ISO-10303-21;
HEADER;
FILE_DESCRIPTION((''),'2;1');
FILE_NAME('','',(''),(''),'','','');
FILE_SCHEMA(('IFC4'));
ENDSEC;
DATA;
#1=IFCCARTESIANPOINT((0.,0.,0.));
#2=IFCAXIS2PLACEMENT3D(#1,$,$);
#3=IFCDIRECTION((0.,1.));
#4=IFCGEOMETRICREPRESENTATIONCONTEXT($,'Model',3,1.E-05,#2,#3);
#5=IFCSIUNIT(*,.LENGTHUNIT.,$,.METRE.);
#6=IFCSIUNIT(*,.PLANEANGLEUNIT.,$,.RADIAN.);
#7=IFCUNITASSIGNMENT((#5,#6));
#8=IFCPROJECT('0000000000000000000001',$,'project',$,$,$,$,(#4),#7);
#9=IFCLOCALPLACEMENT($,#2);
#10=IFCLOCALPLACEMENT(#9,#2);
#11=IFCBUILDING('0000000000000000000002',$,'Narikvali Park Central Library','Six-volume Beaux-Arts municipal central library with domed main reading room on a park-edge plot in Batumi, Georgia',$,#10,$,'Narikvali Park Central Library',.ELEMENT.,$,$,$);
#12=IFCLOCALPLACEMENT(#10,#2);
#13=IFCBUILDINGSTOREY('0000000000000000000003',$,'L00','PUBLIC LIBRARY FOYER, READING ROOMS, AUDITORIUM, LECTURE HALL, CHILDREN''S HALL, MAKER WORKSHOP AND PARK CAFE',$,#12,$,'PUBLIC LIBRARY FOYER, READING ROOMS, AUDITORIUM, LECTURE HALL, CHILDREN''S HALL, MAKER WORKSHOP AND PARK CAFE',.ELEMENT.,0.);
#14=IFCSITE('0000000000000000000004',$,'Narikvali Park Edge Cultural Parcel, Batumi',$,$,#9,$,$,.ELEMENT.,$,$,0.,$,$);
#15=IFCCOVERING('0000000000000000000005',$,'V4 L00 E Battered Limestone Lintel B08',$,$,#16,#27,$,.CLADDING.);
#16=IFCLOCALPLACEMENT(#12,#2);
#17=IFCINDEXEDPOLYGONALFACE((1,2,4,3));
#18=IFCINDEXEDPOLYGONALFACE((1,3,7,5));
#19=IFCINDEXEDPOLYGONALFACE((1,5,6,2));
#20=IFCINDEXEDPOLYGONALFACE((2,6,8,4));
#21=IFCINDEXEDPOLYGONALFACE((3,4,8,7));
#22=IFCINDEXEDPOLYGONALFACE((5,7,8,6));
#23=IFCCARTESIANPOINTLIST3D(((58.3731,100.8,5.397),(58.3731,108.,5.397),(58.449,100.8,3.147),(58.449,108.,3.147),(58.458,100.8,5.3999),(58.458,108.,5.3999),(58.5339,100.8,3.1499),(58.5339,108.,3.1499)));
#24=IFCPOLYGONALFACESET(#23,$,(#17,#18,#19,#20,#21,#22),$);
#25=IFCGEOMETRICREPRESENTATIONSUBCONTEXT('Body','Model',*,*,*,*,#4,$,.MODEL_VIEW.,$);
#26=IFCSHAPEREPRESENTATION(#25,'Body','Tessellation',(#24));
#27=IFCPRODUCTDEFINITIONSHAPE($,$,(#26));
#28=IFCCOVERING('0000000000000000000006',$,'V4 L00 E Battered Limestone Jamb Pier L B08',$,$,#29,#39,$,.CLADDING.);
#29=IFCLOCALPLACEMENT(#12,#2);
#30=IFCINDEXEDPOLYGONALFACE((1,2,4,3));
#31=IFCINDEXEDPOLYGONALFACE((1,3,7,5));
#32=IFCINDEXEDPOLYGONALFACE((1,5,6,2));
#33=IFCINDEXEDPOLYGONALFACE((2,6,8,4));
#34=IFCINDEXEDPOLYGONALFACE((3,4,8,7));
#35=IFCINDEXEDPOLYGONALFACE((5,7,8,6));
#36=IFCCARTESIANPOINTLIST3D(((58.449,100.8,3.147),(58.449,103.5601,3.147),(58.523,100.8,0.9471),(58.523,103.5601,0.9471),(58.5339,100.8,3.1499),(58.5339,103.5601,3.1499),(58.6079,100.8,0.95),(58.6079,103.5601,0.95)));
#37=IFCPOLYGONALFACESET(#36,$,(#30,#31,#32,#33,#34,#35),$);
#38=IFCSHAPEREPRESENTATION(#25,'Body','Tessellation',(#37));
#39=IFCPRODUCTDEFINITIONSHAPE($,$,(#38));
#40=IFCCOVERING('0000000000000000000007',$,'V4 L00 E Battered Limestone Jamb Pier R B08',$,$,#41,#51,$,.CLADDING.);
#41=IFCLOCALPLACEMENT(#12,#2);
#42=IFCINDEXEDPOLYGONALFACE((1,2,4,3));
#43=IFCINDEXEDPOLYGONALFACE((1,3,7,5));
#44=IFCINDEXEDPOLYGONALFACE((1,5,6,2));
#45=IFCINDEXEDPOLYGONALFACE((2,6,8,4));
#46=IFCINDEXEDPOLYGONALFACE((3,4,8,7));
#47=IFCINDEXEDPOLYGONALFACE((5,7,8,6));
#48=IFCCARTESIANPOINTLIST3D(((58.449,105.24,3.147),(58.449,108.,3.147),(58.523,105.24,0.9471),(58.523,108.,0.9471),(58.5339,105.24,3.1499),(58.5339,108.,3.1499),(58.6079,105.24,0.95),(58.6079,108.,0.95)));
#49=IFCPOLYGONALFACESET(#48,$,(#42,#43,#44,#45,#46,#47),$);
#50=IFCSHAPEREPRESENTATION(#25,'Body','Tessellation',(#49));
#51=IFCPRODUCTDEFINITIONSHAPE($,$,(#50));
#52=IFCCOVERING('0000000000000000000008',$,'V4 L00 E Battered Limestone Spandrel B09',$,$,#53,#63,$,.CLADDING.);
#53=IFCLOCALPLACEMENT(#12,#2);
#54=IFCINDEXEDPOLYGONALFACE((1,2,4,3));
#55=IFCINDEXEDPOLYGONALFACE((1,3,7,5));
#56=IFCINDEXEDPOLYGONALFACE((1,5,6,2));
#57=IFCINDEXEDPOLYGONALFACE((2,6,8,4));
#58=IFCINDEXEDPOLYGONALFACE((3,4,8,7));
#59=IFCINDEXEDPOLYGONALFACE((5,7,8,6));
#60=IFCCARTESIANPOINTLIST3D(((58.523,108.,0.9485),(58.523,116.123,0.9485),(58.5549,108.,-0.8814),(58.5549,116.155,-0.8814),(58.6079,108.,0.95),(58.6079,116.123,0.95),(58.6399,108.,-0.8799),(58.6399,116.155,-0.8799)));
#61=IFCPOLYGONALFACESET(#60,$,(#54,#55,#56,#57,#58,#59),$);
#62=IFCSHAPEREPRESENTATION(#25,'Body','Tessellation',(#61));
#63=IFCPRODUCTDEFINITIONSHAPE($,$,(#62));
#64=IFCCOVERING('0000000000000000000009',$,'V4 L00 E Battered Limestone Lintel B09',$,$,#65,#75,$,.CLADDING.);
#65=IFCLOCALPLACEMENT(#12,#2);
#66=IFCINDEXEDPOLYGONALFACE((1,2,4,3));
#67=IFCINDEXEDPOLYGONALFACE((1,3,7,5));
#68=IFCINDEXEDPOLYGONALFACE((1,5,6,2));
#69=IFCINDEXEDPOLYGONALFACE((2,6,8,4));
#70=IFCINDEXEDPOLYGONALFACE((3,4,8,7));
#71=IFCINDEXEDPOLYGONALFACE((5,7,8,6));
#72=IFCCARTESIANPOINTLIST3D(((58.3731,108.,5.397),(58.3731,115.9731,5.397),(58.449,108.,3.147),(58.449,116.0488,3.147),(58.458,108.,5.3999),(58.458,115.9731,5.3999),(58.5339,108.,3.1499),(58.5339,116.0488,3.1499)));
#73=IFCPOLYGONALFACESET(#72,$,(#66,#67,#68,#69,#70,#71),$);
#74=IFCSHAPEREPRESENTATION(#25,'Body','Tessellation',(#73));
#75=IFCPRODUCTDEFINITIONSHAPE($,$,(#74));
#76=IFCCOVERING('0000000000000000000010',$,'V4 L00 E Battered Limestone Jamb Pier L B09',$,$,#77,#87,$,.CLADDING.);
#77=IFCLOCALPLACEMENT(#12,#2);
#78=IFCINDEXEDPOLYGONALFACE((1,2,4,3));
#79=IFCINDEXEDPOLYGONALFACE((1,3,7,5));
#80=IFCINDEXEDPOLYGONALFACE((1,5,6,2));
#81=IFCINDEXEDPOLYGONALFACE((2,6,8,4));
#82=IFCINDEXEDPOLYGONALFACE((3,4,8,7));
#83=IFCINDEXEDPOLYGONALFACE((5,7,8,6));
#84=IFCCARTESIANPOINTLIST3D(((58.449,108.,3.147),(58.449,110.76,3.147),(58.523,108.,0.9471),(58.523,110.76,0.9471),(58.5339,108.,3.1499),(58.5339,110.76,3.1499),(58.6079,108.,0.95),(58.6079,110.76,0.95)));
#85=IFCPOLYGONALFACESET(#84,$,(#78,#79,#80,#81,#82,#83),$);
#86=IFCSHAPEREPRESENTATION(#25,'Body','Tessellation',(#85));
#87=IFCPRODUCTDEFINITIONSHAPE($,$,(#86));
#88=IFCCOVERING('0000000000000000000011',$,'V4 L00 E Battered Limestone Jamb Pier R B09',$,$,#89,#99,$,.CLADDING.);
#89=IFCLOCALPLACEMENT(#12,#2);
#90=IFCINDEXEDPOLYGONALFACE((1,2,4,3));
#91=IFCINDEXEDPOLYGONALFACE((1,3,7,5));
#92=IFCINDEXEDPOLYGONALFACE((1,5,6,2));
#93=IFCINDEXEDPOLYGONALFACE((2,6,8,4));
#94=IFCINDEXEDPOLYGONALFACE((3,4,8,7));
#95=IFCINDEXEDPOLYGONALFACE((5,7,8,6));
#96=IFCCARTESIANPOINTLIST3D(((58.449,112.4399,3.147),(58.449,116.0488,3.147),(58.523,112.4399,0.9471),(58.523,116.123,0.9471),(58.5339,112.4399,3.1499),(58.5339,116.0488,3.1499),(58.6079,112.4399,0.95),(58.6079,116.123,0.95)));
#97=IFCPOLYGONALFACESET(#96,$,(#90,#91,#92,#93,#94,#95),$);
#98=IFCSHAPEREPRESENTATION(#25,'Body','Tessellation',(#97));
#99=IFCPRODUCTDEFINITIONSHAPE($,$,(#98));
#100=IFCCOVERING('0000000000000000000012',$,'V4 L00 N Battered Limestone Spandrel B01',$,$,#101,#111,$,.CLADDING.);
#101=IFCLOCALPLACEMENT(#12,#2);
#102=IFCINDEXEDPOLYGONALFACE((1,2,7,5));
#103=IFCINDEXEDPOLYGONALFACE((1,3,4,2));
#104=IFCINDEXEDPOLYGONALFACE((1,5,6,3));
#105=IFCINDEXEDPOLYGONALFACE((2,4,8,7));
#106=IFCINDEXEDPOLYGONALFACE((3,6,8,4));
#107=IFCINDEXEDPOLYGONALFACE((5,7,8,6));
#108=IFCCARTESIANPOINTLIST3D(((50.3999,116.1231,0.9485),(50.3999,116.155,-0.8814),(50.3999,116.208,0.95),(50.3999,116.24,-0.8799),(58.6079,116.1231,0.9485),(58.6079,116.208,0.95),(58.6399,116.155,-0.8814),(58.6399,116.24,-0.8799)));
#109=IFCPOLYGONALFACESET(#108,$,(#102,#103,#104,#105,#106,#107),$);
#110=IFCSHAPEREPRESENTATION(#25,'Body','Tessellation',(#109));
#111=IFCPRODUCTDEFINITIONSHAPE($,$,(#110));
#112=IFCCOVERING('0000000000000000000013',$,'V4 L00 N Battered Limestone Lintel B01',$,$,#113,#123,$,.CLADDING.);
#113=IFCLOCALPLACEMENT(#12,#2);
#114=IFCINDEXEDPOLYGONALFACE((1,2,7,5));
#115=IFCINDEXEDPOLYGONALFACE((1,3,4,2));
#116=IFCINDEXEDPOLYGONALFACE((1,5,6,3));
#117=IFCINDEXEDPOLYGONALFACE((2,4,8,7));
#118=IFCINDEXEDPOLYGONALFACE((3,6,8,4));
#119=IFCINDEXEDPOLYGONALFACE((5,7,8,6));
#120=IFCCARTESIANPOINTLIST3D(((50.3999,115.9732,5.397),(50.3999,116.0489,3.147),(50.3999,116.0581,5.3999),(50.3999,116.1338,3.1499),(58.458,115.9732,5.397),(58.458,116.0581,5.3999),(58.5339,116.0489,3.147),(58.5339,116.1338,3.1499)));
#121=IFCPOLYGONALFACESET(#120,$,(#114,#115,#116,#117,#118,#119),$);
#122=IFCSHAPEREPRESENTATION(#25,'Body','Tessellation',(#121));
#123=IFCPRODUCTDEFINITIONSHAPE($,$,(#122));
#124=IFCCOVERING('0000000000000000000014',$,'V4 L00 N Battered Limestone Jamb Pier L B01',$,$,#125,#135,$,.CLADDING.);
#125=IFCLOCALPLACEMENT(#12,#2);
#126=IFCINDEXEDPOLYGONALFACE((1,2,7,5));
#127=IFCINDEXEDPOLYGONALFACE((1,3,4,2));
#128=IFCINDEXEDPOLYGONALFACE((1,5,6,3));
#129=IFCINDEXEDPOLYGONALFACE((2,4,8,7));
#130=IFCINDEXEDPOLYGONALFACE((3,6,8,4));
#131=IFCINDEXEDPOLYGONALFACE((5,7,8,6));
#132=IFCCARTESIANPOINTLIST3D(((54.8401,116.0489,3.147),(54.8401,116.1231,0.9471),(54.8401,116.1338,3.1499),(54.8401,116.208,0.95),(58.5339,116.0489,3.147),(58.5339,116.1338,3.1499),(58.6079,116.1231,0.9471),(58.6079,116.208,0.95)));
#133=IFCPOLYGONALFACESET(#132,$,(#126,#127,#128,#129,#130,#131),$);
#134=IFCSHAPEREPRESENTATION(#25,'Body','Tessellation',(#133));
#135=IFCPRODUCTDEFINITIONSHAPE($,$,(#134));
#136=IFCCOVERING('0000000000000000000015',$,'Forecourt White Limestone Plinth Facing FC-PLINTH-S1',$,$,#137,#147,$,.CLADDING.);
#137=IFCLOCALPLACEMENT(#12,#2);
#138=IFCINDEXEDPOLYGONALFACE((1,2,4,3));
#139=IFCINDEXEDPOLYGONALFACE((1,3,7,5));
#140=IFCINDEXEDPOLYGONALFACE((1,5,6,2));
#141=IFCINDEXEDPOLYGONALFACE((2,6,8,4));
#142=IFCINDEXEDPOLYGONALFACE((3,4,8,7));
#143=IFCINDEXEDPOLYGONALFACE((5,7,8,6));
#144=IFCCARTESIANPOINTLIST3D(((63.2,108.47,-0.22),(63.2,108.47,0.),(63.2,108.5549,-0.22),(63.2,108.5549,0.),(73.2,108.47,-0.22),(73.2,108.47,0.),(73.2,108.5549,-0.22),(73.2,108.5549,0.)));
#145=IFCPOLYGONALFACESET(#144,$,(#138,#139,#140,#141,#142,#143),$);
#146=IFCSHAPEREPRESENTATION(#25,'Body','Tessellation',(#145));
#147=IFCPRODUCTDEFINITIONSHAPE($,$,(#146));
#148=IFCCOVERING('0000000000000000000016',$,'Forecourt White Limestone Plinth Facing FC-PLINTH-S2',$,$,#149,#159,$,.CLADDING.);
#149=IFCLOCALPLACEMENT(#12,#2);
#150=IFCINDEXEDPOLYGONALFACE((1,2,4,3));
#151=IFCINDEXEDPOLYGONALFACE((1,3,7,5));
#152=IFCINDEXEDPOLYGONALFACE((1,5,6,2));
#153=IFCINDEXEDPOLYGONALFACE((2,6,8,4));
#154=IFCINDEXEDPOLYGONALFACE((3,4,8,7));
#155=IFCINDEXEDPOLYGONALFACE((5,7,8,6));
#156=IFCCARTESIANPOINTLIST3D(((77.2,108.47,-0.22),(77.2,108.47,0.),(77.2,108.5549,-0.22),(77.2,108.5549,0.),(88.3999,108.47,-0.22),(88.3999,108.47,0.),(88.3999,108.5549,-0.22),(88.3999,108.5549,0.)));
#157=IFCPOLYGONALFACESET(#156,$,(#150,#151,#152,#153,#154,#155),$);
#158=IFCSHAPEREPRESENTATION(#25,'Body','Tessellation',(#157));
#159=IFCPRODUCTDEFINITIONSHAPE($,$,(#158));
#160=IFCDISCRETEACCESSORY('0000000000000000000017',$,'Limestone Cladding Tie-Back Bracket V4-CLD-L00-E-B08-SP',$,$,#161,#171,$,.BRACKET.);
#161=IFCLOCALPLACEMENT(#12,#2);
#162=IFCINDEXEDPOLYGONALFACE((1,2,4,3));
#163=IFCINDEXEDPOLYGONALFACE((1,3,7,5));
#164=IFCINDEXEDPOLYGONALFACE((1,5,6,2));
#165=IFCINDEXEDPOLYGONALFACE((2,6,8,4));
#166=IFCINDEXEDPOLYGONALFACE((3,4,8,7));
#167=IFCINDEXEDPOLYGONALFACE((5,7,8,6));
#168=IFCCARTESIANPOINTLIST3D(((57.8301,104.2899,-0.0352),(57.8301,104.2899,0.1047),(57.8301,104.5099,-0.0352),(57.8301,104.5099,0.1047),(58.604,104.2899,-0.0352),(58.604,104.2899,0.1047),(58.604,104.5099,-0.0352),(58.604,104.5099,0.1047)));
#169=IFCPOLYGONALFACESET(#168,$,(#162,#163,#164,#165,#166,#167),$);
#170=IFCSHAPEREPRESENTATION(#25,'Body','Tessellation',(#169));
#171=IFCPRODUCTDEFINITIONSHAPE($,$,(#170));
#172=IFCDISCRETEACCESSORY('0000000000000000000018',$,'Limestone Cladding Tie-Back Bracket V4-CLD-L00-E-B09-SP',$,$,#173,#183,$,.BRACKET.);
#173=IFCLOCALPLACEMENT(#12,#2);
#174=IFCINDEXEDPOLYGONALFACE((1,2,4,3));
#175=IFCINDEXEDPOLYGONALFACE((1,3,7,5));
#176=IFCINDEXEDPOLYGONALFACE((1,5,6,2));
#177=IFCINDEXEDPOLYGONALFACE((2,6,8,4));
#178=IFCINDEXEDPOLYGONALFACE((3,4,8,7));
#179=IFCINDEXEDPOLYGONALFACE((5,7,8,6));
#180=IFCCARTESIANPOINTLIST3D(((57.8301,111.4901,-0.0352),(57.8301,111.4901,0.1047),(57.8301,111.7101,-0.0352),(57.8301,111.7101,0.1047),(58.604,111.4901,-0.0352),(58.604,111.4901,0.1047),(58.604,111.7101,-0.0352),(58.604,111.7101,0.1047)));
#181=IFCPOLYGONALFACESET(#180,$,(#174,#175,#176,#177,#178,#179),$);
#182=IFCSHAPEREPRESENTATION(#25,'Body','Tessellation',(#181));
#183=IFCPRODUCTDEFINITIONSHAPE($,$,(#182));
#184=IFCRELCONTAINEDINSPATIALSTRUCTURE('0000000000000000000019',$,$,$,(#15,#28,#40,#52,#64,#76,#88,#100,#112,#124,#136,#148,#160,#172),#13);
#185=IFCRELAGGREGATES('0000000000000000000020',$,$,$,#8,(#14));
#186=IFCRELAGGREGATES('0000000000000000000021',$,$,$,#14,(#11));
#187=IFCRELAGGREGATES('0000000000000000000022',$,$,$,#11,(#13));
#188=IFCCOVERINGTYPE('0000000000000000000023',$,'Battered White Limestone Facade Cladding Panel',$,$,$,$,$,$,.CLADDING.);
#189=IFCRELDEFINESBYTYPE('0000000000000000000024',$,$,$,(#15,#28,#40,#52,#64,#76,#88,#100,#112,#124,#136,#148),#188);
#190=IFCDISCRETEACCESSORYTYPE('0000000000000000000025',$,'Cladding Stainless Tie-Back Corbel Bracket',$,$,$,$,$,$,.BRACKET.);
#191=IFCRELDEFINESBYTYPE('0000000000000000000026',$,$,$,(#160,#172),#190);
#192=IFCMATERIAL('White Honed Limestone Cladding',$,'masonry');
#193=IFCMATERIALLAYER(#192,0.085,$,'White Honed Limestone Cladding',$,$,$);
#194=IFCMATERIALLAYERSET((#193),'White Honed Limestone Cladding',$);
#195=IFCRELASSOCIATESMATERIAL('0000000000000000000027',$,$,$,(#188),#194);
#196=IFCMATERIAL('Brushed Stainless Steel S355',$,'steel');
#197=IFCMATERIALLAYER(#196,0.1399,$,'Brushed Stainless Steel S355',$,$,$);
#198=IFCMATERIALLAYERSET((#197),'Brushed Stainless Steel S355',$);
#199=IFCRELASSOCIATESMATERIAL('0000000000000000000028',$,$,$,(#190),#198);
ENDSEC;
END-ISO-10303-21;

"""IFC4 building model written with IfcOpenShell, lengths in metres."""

from ifc_helpers import new_model, si_unit, direction, frame, origin, origin_2d, place, context, subcontext, project, spatial, polyline, rectangle, outline, extrude, material, layer, layer_set, type_object, element, save


model = new_model("IFC4")

# Units and contexts
model_context = context("Model", 3, precision=1e-05, world=origin(), true_north=direction((0.0, 1.0)))
body_context = subcontext(model_context, "Body", "Model", "MODEL_VIEW")
ifc_project = project(units=[si_unit("LENGTHUNIT", "METRE"), si_unit("PLANEANGLEUNIT", "RADIAN")], contexts=[model_context])

# Site, building, storey
site_placement = place(None, origin())
site = spatial("IfcSite", under=ifc_project, at=site_placement, Name="Narikvali Park Edge Cultural Parcel, Batumi", CompositionType="ELEMENT", RefElevation=0.0)
building_placement = place(site_placement, origin())
building = spatial("IfcBuilding", under=site, at=building_placement, Name="Narikvali Park Central Library", Description="Six-volume Beaux-Arts municipal central library with domed main reading room on a park-edge plot in Batumi, Georgia", LongName="Narikvali Park Central Library", CompositionType="ELEMENT")
storey_placement = place(building_placement, origin())
storey = spatial("IfcBuildingStorey", under=building, at=storey_placement, Name="L00", Description="PUBLIC LIBRARY FOYER, READING ROOMS, AUDITORIUM, LECTURE HALL, CHILDREN'S HALL, MAKER WORKSHOP AND PARK CAFE", LongName="PUBLIC LIBRARY FOYER, READING ROOMS, AUDITORIUM, LECTURE HALL, CHILDREN'S HALL, MAKER WORKSHOP AND PARK CAFE", CompositionType="ELEMENT", Elevation=0.0)

# Shared definitions
ifc_material_1 = material(Name="Brushed Stainless Steel S355", Category="steel")

# Coverings
ifc_material_2 = material(Name="White Honed Limestone Cladding", Category="masonry")
ifc_layer_1 = layer(ifc_material_2, 0.085, Name="White Honed Limestone Cladding")
ifc_layer_set_1 = layer_set([ifc_layer_1], Name="White Honed Limestone Cladding")
covering_type = type_object("IfcCoveringType", Name="Battered White Limestone Facade Cladding Panel", PredefinedType="CLADDING", material=ifc_layer_set_1)
covering_1_placement = place(storey_placement, frame((58.5339, 100.8, 3.1499), z_axis=(0.999431, 0.0, 0.033726), x_axis=(0.0, 1.0, 0.0)))
element("IfcCovering", 1, at=covering_1_placement, inside=storey, type_object=covering_type, Name="V4 L00 E Battered Limestone Lintel B08", PredefinedType="CLADDING", context=body_context, shape_type="SweptSolid", body=[
    extrude(outline(polyline([(0.0, 0.0), (7.2, 0.0), (7.2, 2.2513), (0.0, 2.2513), (0.0, 0.0)])), origin(), (0.0, 0.0, -1.0), 0.085),
])
for number, where, z_axis, x_axis, name in (
    (2, (58.6079, 100.8, 0.95), (0.999435, 0.0, 0.033607), (0.0, 1.0, 0.0), "V4 L00 E Battered Limestone Jamb Pier L B08"),
    (3, (58.6079, 105.24, 0.95), (0.999435, 0.0, 0.033607), (0.0, 1.0, 0.0), "V4 L00 E Battered Limestone Jamb Pier R B08"),
):
    element("IfcCovering", number, at=place(storey_placement, frame(where, z_axis=z_axis, x_axis=x_axis)), inside=storey, type_object=covering_type, Name=name, PredefinedType="CLADDING", context=body_context, shape_type="SweptSolid", body=[
        extrude(outline(polyline([(0.0, 0.0), (2.76, 0.0), (2.76, 2.2012), (0.0, 2.2012), (0.0, 0.0)])), origin(), (0.0, 0.0, -1.0), 0.085),
    ])
covering_2_placement = place(storey_placement, frame((58.6399, 108.0, -0.8799), z_axis=(0.999847, 0.0, 0.017476), x_axis=(0.0, 1.0, 0.0)))
element("IfcCovering", 4, at=covering_2_placement, inside=storey, type_object=covering_type, Name="V4 L00 E Battered Limestone Spandrel B09", PredefinedType="CLADDING", context=body_context, shape_type="SweptSolid", body=[
    extrude(outline(polyline([(0.0, 0.0), (8.155, 0.0), (8.123, 1.8301), (0.0, 1.8301), (0.0, 0.0)])), origin(), (0.0, 0.0, -1.0), 0.085),
])
covering_3_placement = place(storey_placement, frame((58.5339, 108.0, 3.1499), z_axis=(0.999431, 0.0, 0.033726), x_axis=(0.0, 1.0, 0.0)))
element("IfcCovering", 5, at=covering_3_placement, inside=storey, type_object=covering_type, Name="V4 L00 E Battered Limestone Lintel B09", PredefinedType="CLADDING", context=body_context, shape_type="SweptSolid", body=[
    extrude(outline(polyline([(0.0, 0.0), (8.0488, 0.0), (7.9731, 2.2513), (0.0, 2.2513), (0.0, 0.0)])), origin(), (0.0, 0.0, -1.0), 0.085),
])
covering_4_placement = place(storey_placement, frame((58.6079, 108.0, 0.95), z_axis=(0.999435, 0.0, 0.033607), x_axis=(0.0, 1.0, 0.0)))
element("IfcCovering", 6, at=covering_4_placement, inside=storey, type_object=covering_type, Name="V4 L00 E Battered Limestone Jamb Pier L B09", PredefinedType="CLADDING", context=body_context, shape_type="SweptSolid", body=[
    extrude(outline(polyline([(0.0, 0.0), (2.76, 0.0), (2.76, 2.2012), (0.0, 2.2012), (0.0, 0.0)])), origin(), (0.0, 0.0, -1.0), 0.085),
])
covering_5_placement = place(storey_placement, frame((58.6079, 112.4399, 0.95), z_axis=(0.999435, 0.0, 0.033607), x_axis=(0.0, 1.0, 0.0)))
element("IfcCovering", 7, at=covering_5_placement, inside=storey, type_object=covering_type, Name="V4 L00 E Battered Limestone Jamb Pier R B09", PredefinedType="CLADDING", context=body_context, shape_type="SweptSolid", body=[
    extrude(outline(polyline([(0.0, 0.0), (3.6831, 0.0), (3.6089, 2.2012), (0.0, 2.2012), (0.0, 0.0)])), origin(), (0.0, 0.0, -1.0), 0.085),
])
covering_6_placement = place(storey_placement, frame((58.6399, 116.24, -0.8799), z_axis=(0.0, 0.999847, 0.017476), x_axis=(-1.0, 0.0, 0.0)))
element("IfcCovering", 8, at=covering_6_placement, inside=storey, type_object=covering_type, Name="V4 L00 N Battered Limestone Spandrel B01", PredefinedType="CLADDING", context=body_context, shape_type="SweptSolid", body=[
    extrude(outline(polyline([(0.0, 0.0), (8.24, 0.0), (8.24, 1.8301), (0.032, 1.8301), (0.0, 0.0)])), origin(), (0.0, 0.0, -1.0), 0.085),
])
covering_7_placement = place(storey_placement, frame((58.5339, 116.1338, 3.1499), z_axis=(0.0, 0.999435, 0.033618), x_axis=(-1.0, 0.0, 0.0)))
element("IfcCovering", 9, at=covering_7_placement, inside=storey, type_object=covering_type, Name="V4 L00 N Battered Limestone Lintel B01", PredefinedType="CLADDING", context=body_context, shape_type="SweptSolid", body=[
    extrude(outline(polyline([(0.0, 0.0), (8.134, 0.0), (8.134, 2.2513), (0.0759, 2.2513), (0.0, 0.0)])), origin(), (0.0, 0.0, -1.0), 0.085),
])
covering_8_placement = place(storey_placement, frame((58.6079, 116.208, 0.95), z_axis=(0.0, 0.999431, 0.033717), x_axis=(-1.0, 0.0, 0.0)))
element("IfcCovering", 10, at=covering_8_placement, inside=storey, type_object=covering_type, Name="V4 L00 N Battered Limestone Jamb Pier L B01", PredefinedType="CLADDING", context=body_context, shape_type="SweptSolid", body=[
    extrude(outline(polyline([(0.0, 0.0), (3.7678, 0.0), (3.7678, 2.2012), (0.074, 2.2012), (0.0, 0.0)])), origin(), (0.0, 0.0, -1.0), 0.085),
])
covering_9_placement = place(storey_placement, frame((63.2, 108.47, -0.22), z_axis=(0.0, -1.0, 0.0), x_axis=(1.0, 0.0, 0.0)))
element("IfcCovering", 11, at=covering_9_placement, inside=storey, type_object=covering_type, Name="Forecourt White Limestone Plinth Facing FC-PLINTH-S1", PredefinedType="CLADDING", context=body_context, shape_type="SweptSolid", body=[
    extrude(outline(polyline([(0.0, 0.0), (10.0, 0.0), (10.0, 0.22), (0.0, 0.22), (0.0, 0.0)])), origin(), (0.0, 0.0, -1.0), 0.085),
])
covering_10_placement = place(storey_placement, frame((77.2, 108.47, -0.22), z_axis=(0.0, -1.0, 0.0), x_axis=(1.0, 0.0, 0.0)))
element("IfcCovering", 12, at=covering_10_placement, inside=storey, type_object=covering_type, Name="Forecourt White Limestone Plinth Facing FC-PLINTH-S2", PredefinedType="CLADDING", context=body_context, shape_type="SweptSolid", body=[
    extrude(outline(polyline([(0.0, 0.0), (11.2, 0.0), (11.2, 0.22), (0.0, 0.22), (0.0, 0.0)])), origin(), (0.0, 0.0, -1.0), 0.085),
])

# Discrete accessories
ifc_layer_2 = layer(ifc_material_1, 0.1399, Name="Brushed Stainless Steel S355")
ifc_layer_set_2 = layer_set([ifc_layer_2], Name="Brushed Stainless Steel S355")
discrete_accessory_type = type_object("IfcDiscreteAccessoryType", Name="Cladding Stainless Tie-Back Corbel Bracket", PredefinedType="BRACKET", material=ifc_layer_set_2)
for number, where, z_axis, x_axis, name in (
    (13, (58.217, 104.3999, -0.0352), (0.0, 0.0, 1.0), (1.0, 0.0, 0.0), "Limestone Cladding Tie-Back Bracket V4-CLD-L00-E-B08-SP"),
    (14, (58.217, 111.6001, -0.0352), (0.0, 0.0, 1.0), (1.0, 0.0, 0.0), "Limestone Cladding Tie-Back Bracket V4-CLD-L00-E-B09-SP"),
):
    element("IfcDiscreteAccessory", number, at=place(storey_placement, frame(where, z_axis=z_axis, x_axis=x_axis)), inside=storey, type_object=discrete_accessory_type, Name=name, PredefinedType="BRACKET", context=body_context, shape_type="SweptSolid", body=[
        extrude(rectangle(XDim=0.7739, YDim=0.22, at=origin_2d()), origin(), (0.0, 0.0, 1.0), 0.1399),
    ])

save(model, "model.ifc")
